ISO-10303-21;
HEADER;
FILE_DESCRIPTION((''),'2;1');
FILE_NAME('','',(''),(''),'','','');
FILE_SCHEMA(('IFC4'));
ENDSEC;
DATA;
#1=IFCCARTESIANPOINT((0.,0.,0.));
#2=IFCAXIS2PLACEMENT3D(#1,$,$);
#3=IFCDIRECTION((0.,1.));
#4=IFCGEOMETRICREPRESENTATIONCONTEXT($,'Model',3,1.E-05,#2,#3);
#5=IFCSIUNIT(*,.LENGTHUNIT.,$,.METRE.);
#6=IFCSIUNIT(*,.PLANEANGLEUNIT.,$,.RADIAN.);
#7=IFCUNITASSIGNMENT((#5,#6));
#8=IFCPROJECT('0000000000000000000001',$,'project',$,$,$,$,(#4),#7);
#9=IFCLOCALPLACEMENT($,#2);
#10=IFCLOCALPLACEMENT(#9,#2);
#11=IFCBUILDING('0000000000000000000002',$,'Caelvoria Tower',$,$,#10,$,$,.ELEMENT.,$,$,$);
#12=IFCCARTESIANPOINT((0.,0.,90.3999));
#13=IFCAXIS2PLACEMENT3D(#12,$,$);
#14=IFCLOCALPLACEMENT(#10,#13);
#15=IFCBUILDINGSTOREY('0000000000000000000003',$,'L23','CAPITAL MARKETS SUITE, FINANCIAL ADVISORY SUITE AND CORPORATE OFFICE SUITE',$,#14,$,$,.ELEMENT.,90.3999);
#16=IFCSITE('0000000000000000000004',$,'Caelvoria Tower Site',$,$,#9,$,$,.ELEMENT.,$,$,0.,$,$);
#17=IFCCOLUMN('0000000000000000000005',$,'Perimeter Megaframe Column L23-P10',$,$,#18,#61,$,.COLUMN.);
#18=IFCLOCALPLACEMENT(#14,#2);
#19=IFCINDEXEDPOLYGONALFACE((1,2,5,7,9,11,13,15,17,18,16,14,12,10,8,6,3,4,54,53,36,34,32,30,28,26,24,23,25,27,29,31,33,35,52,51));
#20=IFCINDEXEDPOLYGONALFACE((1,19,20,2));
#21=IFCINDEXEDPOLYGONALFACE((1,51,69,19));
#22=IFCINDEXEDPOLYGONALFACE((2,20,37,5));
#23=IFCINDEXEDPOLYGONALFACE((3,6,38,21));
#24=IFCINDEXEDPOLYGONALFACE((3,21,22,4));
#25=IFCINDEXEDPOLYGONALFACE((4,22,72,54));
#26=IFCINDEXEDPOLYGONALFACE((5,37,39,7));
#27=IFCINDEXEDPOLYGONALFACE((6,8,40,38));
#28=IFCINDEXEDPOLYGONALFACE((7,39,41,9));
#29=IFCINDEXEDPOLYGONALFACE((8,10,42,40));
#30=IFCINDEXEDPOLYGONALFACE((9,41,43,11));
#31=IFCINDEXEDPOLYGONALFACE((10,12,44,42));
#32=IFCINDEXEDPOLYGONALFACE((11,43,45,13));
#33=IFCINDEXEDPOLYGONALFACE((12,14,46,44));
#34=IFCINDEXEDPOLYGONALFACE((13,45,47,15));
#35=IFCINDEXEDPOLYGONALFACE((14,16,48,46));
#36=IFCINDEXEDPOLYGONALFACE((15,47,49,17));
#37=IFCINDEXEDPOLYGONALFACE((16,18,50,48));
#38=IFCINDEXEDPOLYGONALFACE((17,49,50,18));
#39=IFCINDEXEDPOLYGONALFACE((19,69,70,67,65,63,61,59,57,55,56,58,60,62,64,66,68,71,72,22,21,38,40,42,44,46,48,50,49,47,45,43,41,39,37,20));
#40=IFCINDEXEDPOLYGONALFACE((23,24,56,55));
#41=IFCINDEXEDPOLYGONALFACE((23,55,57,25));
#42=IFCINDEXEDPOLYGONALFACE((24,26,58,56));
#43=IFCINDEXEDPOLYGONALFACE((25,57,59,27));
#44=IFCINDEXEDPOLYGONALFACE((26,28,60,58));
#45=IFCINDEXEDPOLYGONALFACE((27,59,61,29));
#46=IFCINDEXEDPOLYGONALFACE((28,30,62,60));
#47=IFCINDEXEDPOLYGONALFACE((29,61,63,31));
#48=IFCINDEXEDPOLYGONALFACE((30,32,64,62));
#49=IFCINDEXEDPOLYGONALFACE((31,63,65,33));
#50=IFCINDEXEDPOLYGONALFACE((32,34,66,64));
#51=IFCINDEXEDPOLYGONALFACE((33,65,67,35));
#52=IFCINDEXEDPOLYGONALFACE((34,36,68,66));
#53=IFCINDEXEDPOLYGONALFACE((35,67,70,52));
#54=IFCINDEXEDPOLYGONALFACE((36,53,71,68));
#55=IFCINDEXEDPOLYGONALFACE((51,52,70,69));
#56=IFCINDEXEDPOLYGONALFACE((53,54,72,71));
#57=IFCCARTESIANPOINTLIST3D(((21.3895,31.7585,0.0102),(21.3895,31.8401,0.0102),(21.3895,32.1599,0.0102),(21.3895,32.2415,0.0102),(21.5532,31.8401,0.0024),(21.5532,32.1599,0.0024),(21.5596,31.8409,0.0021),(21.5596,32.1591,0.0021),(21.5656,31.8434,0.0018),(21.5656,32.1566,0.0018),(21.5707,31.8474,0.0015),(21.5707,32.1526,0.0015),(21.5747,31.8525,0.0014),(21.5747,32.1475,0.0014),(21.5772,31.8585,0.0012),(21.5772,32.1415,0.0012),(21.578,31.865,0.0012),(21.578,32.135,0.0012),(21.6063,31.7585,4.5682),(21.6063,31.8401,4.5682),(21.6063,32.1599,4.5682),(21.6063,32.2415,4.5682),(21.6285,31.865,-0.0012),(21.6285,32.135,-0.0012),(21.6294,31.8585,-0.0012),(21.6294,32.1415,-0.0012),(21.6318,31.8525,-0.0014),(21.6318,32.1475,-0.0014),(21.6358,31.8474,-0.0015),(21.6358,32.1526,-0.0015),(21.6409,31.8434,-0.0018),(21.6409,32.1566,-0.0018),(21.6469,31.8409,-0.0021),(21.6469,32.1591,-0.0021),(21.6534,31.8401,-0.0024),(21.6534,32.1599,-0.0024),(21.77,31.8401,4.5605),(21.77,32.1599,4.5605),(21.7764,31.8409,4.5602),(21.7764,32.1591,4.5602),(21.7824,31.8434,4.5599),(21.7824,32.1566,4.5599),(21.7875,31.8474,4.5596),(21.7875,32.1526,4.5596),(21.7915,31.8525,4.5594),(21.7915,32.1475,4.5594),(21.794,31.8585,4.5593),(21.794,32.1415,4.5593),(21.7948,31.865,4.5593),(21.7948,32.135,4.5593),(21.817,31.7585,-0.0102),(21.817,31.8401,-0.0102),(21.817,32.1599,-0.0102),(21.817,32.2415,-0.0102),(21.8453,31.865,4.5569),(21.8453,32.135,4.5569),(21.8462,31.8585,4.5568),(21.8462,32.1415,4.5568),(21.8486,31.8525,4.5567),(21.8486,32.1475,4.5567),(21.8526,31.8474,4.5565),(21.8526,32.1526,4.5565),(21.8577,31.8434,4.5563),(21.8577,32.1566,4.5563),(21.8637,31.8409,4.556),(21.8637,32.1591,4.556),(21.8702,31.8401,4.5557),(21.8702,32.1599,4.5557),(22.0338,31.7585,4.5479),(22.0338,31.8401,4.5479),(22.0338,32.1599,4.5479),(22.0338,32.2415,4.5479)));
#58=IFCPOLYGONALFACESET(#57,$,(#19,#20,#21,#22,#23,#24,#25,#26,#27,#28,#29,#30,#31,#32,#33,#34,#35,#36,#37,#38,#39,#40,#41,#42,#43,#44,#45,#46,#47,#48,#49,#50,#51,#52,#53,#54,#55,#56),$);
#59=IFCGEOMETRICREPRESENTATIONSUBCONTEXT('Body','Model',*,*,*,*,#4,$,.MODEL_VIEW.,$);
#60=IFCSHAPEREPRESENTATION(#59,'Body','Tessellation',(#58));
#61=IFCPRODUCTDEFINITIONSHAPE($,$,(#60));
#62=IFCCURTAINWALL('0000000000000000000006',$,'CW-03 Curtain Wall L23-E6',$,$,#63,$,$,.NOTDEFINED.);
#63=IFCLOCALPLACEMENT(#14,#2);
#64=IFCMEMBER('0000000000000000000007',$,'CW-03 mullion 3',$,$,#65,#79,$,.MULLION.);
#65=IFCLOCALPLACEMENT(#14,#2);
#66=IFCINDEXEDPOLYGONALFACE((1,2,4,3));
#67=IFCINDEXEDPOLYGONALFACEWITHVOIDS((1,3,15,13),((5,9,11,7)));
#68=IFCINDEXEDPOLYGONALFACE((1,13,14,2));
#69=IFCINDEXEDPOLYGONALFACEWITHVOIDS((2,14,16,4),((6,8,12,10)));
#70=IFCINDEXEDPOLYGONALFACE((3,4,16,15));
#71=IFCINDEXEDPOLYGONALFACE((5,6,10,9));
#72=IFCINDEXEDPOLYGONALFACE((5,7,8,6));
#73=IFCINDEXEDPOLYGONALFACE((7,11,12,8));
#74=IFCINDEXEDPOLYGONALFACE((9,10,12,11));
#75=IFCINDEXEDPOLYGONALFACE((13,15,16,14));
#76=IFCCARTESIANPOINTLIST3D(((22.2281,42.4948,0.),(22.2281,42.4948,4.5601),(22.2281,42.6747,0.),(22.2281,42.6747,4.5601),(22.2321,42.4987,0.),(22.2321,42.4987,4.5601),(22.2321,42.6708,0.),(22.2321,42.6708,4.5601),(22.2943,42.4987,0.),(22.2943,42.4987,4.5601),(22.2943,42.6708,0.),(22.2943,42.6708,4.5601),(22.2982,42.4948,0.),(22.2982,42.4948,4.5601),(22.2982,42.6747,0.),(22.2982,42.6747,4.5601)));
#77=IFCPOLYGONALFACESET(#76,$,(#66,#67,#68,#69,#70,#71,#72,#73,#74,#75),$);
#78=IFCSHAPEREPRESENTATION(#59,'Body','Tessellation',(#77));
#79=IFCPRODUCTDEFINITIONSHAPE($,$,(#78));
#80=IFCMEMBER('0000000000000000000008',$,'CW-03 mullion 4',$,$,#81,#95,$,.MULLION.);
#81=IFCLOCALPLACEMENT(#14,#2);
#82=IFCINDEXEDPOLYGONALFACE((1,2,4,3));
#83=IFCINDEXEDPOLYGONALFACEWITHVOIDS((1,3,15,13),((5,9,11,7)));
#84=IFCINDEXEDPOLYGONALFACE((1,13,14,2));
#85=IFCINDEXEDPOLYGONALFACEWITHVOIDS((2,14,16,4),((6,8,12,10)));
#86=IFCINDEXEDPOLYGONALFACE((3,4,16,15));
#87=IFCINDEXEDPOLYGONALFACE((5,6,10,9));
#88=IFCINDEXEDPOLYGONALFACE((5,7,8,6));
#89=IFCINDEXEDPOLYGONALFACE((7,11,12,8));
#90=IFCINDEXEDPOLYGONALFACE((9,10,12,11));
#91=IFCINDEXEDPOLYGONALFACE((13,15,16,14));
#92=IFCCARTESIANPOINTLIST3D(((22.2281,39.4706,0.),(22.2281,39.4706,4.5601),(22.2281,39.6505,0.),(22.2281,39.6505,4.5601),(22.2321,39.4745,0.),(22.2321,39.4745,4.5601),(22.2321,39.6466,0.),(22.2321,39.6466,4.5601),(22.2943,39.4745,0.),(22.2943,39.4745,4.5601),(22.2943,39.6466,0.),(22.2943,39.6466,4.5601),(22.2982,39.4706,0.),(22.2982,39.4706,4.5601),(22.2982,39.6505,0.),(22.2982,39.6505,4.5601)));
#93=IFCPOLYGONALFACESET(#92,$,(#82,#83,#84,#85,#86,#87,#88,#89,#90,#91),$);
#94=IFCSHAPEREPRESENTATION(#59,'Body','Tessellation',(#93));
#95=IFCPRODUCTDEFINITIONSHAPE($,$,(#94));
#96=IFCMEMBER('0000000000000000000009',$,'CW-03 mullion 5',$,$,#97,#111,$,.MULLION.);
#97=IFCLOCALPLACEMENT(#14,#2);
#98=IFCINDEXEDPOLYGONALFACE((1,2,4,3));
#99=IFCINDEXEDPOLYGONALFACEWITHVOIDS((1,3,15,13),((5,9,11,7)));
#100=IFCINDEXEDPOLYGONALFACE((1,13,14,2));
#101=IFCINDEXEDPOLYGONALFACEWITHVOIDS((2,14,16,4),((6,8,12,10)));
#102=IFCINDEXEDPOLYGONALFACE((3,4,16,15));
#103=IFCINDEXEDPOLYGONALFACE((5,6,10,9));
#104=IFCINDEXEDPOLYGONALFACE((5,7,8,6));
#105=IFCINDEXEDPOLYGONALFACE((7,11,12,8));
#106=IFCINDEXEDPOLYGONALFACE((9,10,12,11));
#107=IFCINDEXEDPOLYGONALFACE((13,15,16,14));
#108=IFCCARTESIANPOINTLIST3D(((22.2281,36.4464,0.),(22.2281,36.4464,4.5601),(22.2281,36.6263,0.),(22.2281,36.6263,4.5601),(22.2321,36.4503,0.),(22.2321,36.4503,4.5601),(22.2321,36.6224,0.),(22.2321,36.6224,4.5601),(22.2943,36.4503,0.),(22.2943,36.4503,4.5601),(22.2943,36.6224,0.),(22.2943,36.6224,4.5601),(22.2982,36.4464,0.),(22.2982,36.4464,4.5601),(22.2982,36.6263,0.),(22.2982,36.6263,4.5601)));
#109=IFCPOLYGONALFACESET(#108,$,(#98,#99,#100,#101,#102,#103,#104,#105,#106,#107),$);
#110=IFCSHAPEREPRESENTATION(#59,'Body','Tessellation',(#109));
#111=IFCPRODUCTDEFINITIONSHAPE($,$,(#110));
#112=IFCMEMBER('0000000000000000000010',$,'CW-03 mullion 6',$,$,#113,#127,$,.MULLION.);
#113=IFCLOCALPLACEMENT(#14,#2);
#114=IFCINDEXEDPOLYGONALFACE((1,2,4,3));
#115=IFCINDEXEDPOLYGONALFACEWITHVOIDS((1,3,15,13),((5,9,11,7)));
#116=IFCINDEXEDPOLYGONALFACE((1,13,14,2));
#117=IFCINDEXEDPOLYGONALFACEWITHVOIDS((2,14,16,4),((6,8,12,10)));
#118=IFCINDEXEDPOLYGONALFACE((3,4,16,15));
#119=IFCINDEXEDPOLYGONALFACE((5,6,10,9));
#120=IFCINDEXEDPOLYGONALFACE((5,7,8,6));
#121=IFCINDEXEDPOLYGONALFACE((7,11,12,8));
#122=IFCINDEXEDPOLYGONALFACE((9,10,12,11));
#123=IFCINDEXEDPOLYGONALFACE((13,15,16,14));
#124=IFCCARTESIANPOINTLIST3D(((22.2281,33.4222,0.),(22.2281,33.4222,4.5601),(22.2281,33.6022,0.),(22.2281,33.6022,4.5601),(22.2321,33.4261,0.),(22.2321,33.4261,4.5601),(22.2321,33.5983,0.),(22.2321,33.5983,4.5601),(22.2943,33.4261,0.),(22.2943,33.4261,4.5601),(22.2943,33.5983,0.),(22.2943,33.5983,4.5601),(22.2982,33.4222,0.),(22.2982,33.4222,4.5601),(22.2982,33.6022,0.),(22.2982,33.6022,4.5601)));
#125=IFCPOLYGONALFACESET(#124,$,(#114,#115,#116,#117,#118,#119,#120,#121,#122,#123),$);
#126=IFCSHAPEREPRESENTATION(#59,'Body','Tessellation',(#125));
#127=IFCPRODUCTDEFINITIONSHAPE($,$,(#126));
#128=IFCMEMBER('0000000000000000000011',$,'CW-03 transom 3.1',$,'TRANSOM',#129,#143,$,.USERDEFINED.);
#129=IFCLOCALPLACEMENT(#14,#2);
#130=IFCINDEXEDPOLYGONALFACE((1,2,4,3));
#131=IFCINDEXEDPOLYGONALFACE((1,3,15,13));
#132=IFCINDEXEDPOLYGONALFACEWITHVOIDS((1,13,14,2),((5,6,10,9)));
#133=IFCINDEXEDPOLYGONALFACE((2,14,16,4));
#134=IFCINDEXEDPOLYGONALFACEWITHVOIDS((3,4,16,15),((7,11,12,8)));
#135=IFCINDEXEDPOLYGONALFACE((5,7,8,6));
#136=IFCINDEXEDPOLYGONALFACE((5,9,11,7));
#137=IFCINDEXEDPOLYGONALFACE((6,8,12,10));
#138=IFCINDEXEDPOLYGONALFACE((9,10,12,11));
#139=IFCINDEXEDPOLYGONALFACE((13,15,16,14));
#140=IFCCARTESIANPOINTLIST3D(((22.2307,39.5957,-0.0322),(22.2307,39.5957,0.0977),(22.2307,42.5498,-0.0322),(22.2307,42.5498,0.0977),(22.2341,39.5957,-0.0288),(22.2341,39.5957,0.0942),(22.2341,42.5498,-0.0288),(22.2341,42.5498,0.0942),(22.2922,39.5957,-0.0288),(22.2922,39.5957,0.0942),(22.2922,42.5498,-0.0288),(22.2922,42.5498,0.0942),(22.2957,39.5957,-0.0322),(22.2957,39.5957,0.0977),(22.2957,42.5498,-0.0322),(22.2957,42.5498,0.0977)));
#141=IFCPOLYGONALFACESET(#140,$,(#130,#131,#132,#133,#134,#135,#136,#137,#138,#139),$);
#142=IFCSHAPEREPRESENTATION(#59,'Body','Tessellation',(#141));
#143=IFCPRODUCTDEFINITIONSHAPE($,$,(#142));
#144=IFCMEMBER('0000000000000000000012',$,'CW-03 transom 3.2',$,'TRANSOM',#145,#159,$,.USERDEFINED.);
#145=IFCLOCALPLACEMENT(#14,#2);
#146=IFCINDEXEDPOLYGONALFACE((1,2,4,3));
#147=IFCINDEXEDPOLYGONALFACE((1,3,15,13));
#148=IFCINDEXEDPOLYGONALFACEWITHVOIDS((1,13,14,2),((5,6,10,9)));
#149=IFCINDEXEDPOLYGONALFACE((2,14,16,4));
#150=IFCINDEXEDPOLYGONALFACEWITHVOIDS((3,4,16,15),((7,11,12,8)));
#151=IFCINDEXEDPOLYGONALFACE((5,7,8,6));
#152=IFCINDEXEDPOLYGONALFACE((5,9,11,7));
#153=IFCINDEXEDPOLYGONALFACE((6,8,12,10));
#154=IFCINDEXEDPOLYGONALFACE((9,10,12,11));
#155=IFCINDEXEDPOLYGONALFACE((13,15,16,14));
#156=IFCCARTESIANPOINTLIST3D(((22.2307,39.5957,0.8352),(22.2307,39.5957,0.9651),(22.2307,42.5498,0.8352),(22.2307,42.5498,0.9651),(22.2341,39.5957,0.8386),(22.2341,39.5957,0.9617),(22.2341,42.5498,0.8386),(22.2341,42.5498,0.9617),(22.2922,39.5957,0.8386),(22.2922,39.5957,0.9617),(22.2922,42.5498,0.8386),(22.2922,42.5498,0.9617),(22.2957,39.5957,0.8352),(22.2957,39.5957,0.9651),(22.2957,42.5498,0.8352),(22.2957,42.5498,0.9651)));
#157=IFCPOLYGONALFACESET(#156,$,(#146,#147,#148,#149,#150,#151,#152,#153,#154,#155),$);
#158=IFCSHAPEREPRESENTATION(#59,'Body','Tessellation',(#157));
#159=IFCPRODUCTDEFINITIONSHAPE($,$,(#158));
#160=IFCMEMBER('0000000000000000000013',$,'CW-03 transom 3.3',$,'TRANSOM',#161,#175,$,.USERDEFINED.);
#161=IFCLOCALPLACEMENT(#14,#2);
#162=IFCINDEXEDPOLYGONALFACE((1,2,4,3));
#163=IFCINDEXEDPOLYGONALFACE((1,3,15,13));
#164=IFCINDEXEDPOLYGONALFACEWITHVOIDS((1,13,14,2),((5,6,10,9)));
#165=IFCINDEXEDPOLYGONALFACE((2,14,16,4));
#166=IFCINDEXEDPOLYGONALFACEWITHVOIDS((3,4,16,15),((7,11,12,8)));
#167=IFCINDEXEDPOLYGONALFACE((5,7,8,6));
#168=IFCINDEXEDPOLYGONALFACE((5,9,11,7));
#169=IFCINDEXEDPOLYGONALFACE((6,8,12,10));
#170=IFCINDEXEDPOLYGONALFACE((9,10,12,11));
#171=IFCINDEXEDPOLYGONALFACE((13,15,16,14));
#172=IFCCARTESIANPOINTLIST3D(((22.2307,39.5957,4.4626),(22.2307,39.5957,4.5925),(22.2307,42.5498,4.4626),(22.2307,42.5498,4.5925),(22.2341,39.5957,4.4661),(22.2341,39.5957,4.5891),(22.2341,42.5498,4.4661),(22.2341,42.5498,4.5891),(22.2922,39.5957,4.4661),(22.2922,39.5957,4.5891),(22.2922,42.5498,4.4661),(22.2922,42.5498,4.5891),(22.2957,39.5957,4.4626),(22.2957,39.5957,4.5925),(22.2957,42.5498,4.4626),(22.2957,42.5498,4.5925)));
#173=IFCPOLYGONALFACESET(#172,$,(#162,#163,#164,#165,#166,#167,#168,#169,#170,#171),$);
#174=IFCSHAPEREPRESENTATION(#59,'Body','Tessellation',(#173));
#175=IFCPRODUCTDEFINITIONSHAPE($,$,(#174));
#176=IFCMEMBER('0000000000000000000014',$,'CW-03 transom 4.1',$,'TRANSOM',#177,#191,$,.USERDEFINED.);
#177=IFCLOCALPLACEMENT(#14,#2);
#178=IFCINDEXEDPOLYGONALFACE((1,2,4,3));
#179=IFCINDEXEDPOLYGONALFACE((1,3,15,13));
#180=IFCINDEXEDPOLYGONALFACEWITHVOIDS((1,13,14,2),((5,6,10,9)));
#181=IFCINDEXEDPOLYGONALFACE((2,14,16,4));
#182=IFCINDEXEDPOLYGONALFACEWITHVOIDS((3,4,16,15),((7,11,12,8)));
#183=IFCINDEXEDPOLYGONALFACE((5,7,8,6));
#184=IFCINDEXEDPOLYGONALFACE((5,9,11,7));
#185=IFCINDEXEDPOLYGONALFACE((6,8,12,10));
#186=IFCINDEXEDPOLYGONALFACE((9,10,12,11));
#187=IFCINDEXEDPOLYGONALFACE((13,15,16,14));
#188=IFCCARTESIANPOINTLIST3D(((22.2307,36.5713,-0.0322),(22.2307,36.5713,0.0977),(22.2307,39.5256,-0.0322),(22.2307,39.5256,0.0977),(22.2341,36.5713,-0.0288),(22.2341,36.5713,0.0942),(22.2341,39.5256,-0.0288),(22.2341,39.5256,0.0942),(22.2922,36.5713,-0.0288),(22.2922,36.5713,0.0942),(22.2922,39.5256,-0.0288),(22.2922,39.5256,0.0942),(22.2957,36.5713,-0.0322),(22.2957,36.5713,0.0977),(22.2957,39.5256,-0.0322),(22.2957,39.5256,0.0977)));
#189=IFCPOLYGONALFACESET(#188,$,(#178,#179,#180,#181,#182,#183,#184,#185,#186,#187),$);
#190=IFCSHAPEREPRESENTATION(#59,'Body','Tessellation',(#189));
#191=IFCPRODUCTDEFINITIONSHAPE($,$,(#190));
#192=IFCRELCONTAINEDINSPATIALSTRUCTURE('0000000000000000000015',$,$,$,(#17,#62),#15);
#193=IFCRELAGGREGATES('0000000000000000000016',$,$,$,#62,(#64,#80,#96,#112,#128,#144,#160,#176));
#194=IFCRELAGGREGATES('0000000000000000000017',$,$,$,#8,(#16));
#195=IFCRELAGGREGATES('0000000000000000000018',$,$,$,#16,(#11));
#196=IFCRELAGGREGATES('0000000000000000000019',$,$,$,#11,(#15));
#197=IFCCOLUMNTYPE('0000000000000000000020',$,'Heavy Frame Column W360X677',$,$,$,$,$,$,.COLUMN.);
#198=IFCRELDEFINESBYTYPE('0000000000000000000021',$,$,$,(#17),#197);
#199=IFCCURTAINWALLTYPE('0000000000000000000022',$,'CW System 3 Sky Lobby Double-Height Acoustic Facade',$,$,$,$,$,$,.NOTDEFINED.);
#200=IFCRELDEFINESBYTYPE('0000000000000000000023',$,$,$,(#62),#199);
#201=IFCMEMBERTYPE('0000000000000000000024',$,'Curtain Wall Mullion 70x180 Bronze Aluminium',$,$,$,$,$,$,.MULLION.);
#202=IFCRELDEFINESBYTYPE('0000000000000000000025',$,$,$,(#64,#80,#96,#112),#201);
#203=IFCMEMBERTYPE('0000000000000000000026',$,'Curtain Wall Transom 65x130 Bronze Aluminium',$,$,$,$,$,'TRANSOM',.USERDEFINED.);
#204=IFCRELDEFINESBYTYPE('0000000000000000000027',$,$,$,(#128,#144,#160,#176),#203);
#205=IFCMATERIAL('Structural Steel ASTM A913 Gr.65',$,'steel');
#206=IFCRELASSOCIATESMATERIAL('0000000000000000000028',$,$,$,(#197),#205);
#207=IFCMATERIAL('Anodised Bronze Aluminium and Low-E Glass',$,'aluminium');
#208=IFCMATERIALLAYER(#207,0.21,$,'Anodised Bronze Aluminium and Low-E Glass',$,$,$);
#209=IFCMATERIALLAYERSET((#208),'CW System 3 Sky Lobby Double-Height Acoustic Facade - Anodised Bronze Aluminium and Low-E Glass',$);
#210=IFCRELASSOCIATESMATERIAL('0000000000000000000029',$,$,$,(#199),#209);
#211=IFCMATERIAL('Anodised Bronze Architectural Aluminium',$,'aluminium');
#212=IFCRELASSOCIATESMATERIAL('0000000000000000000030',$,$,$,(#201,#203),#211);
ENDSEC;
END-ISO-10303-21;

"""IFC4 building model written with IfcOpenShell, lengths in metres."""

from ifc_helpers import new_model, si_unit, direction, frame, origin, origin_2d, place, context, subcontext, project, spatial, hollow_rectangle, i_section, extrude, material, layer, layer_set, material_profile, profile_set, type_object, element, aggregate, save


model = new_model("IFC4")

# Units and contexts
model_context = context("Model", 3, precision=1e-05, world=origin(), true_north=direction((0.0, 1.0)))
body_context = subcontext(model_context, "Body", "Model", "MODEL_VIEW")
ifc_project = project(units=[si_unit("LENGTHUNIT", "METRE"), si_unit("PLANEANGLEUNIT", "RADIAN")], contexts=[model_context])

# Site, building, storey
site_placement = place(None, origin())
site = spatial("IfcSite", under=ifc_project, at=site_placement, Name="Caelvoria Tower Site", CompositionType="ELEMENT", RefElevation=0.0)
building_placement = place(site_placement, origin())
building = spatial("IfcBuilding", under=site, at=building_placement, Name="Caelvoria Tower", CompositionType="ELEMENT")
storey_placement = place(building_placement, frame((0.0, 0.0, 90.3999)))
storey = spatial("IfcBuildingStorey", under=building, at=storey_placement, Name="L23", Description="CAPITAL MARKETS SUITE, FINANCIAL ADVISORY SUITE AND CORPORATE OFFICE SUITE", CompositionType="ELEMENT", Elevation=90.3999)

# Column
ifc_material_1 = material(Name="Structural Steel ASTM A913 Gr.65", Category="steel")
ifc_material_profile_1 = material_profile(ifc_material_1, i_section(OverallWidth=0.428, OverallDepth=0.4829, WebThickness=0.0505, FlangeThickness=0.0815, FilletRadius=0.0249, at=origin_2d()), Name="Structural Steel ASTM A913 Gr.65")
ifc_profile_set_1 = profile_set([ifc_material_profile_1], Name="W360X677 - Structural Steel ASTM A913 Gr.65")
column_type = type_object("IfcColumnType", Name="Heavy Frame Column W360X677", PredefinedType="COLUMN", material=ifc_profile_set_1)
column_placement = place(storey_placement, frame((21.6033, 32.0, 0.0), z_axis=(0.047509, 0.0, 0.998871), x_axis=(-0.998871, 0.0, 0.047509)))
element("IfcColumn", 1, at=column_placement, inside=storey, type_object=column_type, Name="Perimeter Megaframe Column L23-P10", PredefinedType="COLUMN", context=body_context, shape_type="SweptSolid", body=[
    extrude(i_section(OverallWidth=0.428, OverallDepth=0.4829, WebThickness=0.0505, FlangeThickness=0.0815, FilletRadius=0.0249, at=origin_2d()), origin(), (0.0, 0.0, 1.0), 4.5632),
])

# Curtain wall, members
ifc_material_2 = material(Name="Anodised Bronze Aluminium and Low-E Glass", Category="aluminium")
ifc_layer_1 = layer(ifc_material_2, 0.21, Name="Anodised Bronze Aluminium and Low-E Glass")
ifc_layer_set_1 = layer_set([ifc_layer_1], Name="CW System 3 Sky Lobby Double-Height Acoustic Facade - Anodised Bronze Aluminium and Low-E Glass")
curtain_wall_type = type_object("IfcCurtainWallType", Name="CW System 3 Sky Lobby Double-Height Acoustic Facade", PredefinedType="NOTDEFINED", material=ifc_layer_set_1)
curtain_wall_placement = place(storey_placement, origin())
curtain_wall = element("IfcCurtainWall", 2, at=curtain_wall_placement, inside=storey, type_object=curtain_wall_type, Name="CW-03 Curtain Wall L23-E6", PredefinedType="NOTDEFINED")
ifc_material_3 = material(Name="Anodised Bronze Architectural Aluminium", Category="aluminium")
ifc_material_profile_2 = material_profile(ifc_material_3, hollow_rectangle(XDim=0.0701, YDim=0.1799, WallThickness=0.0039, at=origin_2d()), Name="Anodised Bronze Architectural Aluminium")
ifc_profile_set_2 = profile_set([ifc_material_profile_2], Name="CW_MULL_70X180 - Anodised Bronze Architectural Aluminium")
member_type_1 = type_object("IfcMemberType", Name="Curtain Wall Mullion 70x180 Bronze Aluminium", PredefinedType="MULLION", material=ifc_profile_set_2)
member_1_placement = place(storey_placement, frame((22.2632, 42.5847, 0.0), z_axis=(0.0, 0.0, 1.0), x_axis=(1.0, 0.0, 0.0)))
member_1 = element("IfcMember", 3, at=member_1_placement, type_object=member_type_1, Name="CW-03 mullion 3", PredefinedType="MULLION", context=body_context, shape_type="SweptSolid", body=[
    extrude(hollow_rectangle(XDim=0.0701, YDim=0.1799, WallThickness=0.0039, at=origin_2d()), origin(), (0.0, 0.0, 1.0), 4.5601),
])
member_2_placement = place(storey_placement, frame((22.2632, 39.5605, 0.0), z_axis=(0.0, 0.0, 1.0), x_axis=(1.0, 0.0, 0.0)))
member_2 = element("IfcMember", 4, at=member_2_placement, type_object=member_type_1, Name="CW-03 mullion 4", PredefinedType="MULLION", context=body_context, shape_type="SweptSolid", body=[
    extrude(hollow_rectangle(XDim=0.0701, YDim=0.1799, WallThickness=0.0039, at=origin_2d()), origin(), (0.0, 0.0, 1.0), 4.5601),
])
member_3_placement = place(storey_placement, frame((22.2632, 36.5364, 0.0), z_axis=(0.0, 0.0, 1.0), x_axis=(1.0, 0.0, 0.0)))
member_3 = element("IfcMember", 5, at=member_3_placement, type_object=member_type_1, Name="CW-03 mullion 5", PredefinedType="MULLION", context=body_context, shape_type="SweptSolid", body=[
    extrude(hollow_rectangle(XDim=0.0701, YDim=0.1799, WallThickness=0.0039, at=origin_2d()), origin(), (0.0, 0.0, 1.0), 4.5601),
])
member_4_placement = place(storey_placement, frame((22.2632, 33.5122, 0.0), z_axis=(0.0, 0.0, 1.0), x_axis=(1.0, 0.0, 0.0)))
member_4 = element("IfcMember", 6, at=member_4_placement, type_object=member_type_1, Name="CW-03 mullion 6", PredefinedType="MULLION", context=body_context, shape_type="SweptSolid", body=[
    extrude(hollow_rectangle(XDim=0.0701, YDim=0.1799, WallThickness=0.0039, at=origin_2d()), origin(), (0.0, 0.0, 1.0), 4.5601),
])
ifc_material_profile_3 = material_profile(ifc_material_3, hollow_rectangle(XDim=0.0649, YDim=0.1299, WallThickness=0.0034, at=origin_2d()), Name="Anodised Bronze Architectural Aluminium")
ifc_profile_set_3 = profile_set([ifc_material_profile_3], Name="CW_TRAN_65X130 - Anodised Bronze Architectural Aluminium")
member_type_2 = type_object("IfcMemberType", Name="Curtain Wall Transom 65x130 Bronze Aluminium", ElementType="TRANSOM", PredefinedType="USERDEFINED", material=ifc_profile_set_3)
member_5_placement = place(storey_placement, frame((22.2632, 42.5498, 0.0327), z_axis=(0.0, -1.0, 0.0), x_axis=(1.0, 0.0, 0.0)))
member_5 = element("IfcMember", 7, at=member_5_placement, type_object=member_type_2, Name="CW-03 transom 3.1", ObjectType="TRANSOM", PredefinedType="USERDEFINED", context=body_context, shape_type="SweptSolid", body=[
    extrude(hollow_rectangle(XDim=0.0649, YDim=0.1299, WallThickness=0.0034, at=origin_2d()), origin(), (0.0, 0.0, 1.0), 2.9541),
])
member_6_placement = place(storey_placement, frame((22.2632, 42.5498, 0.9001), z_axis=(0.0, -1.0, 0.0), x_axis=(1.0, 0.0, 0.0)))
member_6 = element("IfcMember", 8, at=member_6_placement, type_object=member_type_2, Name="CW-03 transom 3.2", ObjectType="TRANSOM", PredefinedType="USERDEFINED", context=body_context, shape_type="SweptSolid", body=[
    extrude(hollow_rectangle(XDim=0.0649, YDim=0.1299, WallThickness=0.0034, at=origin_2d()), origin(), (0.0, 0.0, 1.0), 2.9541),
])
member_7_placement = place(storey_placement, frame((22.2632, 42.5498, 4.5276), z_axis=(0.0, -1.0, 0.0), x_axis=(1.0, 0.0, 0.0)))
member_7 = element("IfcMember", 9, at=member_7_placement, type_object=member_type_2, Name="CW-03 transom 3.3", ObjectType="TRANSOM", PredefinedType="USERDEFINED", context=body_context, shape_type="SweptSolid", body=[
    extrude(hollow_rectangle(XDim=0.0649, YDim=0.1299, WallThickness=0.0034, at=origin_2d()), origin(), (0.0, 0.0, 1.0), 2.9541),
])
member_8_placement = place(storey_placement, frame((22.2632, 39.5256, 0.0327), z_axis=(0.0, -1.0, 0.0), x_axis=(1.0, 0.0, 0.0)))
member_8 = element("IfcMember", 10, at=member_8_placement, type_object=member_type_2, Name="CW-03 transom 4.1", ObjectType="TRANSOM", PredefinedType="USERDEFINED", context=body_context, shape_type="SweptSolid", body=[
    extrude(hollow_rectangle(XDim=0.0649, YDim=0.1299, WallThickness=0.0034, at=origin_2d()), origin(), (0.0, 0.0, 1.0), 2.9543),
])

aggregate(curtain_wall, [member_1, member_2, member_3, member_4, member_5, member_6, member_7, member_8])

save(model, "model.ifc")
